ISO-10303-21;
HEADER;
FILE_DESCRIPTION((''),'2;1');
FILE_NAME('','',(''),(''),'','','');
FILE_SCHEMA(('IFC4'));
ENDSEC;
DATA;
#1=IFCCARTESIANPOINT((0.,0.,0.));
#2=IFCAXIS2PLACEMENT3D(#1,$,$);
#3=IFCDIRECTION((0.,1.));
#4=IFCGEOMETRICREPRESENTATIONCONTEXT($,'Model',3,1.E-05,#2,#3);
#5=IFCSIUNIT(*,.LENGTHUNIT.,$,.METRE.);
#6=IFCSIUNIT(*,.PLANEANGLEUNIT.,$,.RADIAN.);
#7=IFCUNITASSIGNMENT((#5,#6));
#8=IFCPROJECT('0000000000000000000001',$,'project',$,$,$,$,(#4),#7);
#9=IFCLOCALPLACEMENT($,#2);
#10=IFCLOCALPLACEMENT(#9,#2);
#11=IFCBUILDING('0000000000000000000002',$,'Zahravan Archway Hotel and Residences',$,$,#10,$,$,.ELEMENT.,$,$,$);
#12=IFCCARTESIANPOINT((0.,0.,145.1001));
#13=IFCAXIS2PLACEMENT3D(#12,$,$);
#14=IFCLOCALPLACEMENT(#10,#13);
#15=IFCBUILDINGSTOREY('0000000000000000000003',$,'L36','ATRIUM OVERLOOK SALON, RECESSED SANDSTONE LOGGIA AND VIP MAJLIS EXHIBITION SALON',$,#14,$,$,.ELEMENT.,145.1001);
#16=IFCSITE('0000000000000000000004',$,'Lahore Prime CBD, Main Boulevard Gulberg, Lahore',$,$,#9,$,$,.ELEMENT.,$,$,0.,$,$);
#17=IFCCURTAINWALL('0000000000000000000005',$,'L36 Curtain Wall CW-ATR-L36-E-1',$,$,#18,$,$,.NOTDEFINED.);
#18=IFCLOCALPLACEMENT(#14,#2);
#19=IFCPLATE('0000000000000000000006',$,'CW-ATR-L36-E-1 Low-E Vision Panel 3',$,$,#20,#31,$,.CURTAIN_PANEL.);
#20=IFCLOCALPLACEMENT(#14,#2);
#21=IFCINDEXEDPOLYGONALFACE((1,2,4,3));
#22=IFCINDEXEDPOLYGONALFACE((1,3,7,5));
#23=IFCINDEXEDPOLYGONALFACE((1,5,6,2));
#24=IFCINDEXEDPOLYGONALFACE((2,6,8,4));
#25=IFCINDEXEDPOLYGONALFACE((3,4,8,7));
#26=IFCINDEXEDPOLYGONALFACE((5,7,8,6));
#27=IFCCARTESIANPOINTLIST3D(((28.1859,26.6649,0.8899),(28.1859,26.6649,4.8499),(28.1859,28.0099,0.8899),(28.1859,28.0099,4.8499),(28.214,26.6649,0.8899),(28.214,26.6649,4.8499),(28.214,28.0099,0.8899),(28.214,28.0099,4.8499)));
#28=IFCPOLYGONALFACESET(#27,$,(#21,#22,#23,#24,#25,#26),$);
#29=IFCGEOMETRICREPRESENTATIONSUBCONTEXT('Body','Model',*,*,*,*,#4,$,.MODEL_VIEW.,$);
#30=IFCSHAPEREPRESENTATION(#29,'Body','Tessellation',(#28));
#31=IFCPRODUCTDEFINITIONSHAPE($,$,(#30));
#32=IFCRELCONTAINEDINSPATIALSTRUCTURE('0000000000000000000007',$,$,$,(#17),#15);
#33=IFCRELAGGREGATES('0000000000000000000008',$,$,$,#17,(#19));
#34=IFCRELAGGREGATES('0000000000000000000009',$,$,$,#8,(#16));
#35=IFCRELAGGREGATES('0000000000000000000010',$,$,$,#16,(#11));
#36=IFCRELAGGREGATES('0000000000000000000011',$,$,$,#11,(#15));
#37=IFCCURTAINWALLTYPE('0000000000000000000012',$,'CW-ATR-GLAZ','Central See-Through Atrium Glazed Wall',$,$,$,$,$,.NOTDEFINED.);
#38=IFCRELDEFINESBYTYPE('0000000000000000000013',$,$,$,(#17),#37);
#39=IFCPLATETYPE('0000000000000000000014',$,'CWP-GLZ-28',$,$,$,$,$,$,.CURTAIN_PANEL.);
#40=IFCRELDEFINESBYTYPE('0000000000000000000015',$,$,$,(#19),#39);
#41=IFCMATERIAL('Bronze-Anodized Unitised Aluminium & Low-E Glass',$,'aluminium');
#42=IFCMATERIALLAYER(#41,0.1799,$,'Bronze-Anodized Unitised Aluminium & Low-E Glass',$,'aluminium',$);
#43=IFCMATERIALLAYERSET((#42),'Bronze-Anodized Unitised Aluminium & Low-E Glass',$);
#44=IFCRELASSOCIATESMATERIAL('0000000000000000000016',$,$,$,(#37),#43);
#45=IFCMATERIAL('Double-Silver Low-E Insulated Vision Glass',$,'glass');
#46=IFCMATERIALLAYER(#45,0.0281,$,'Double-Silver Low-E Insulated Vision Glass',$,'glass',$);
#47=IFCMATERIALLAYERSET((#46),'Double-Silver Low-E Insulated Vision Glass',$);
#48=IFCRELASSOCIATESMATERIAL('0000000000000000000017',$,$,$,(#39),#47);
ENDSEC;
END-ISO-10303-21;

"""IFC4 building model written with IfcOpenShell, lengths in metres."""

from ifc_helpers import new_model, si_unit, direction, frame, origin, origin_2d, place, context, subcontext, project, spatial, rectangle, extrude, source, transform, mapped, material, layer, layer_set, type_object, element, aggregate, save


model = new_model("IFC4")

# Units and contexts
model_context = context("Model", 3, precision=1e-05, world=origin(), true_north=direction((0.0, 1.0)))
body_context = subcontext(model_context, "Body", "Model", "MODEL_VIEW")
ifc_project = project(units=[si_unit("LENGTHUNIT", "METRE"), si_unit("PLANEANGLEUNIT", "RADIAN")], contexts=[model_context])

# Site, building, storey
site_placement = place(None, origin())
site = spatial("IfcSite", under=ifc_project, at=site_placement, Name="Lahore Prime CBD, Main Boulevard Gulberg, Lahore", CompositionType="ELEMENT", RefElevation=0.0)
building_placement = place(site_placement, origin())
building = spatial("IfcBuilding", under=site, at=building_placement, Name="Zahravan Archway Hotel and Residences", CompositionType="ELEMENT")
storey_placement = place(building_placement, frame((0.0, 0.0, 145.1001)))
storey = spatial("IfcBuildingStorey", under=building, at=storey_placement, Name="L36", Description="ATRIUM OVERLOOK SALON, RECESSED SANDSTONE LOGGIA AND VIP MAJLIS EXHIBITION SALON", CompositionType="ELEMENT", Elevation=145.1001)

# Shared definitions
ifc_material_1 = material(Name="Bronze-Anodized Unitised Aluminium & Low-E Glass", Category="aluminium")
ifc_layer_1 = layer(ifc_material_1, 0.1799, Name="Bronze-Anodized Unitised Aluminium & Low-E Glass", Category="aluminium")
ifc_layer_set_1 = layer_set([ifc_layer_1], Name="Bronze-Anodized Unitised Aluminium & Low-E Glass")
curtain_wall_type = type_object("IfcCurtainWallType", Name="CW-ATR-GLAZ", Description="Central See-Through Atrium Glazed Wall", PredefinedType="NOTDEFINED", material=ifc_layer_set_1)

# Curtain wall
curtain_wall_1_placement = place(storey_placement, origin())
curtain_wall_1 = element("IfcCurtainWall", 1, at=curtain_wall_1_placement, inside=storey, type_object=curtain_wall_type, Name="L36 Curtain Wall CW-ATR-L36-E-1", PredefinedType="NOTDEFINED")

# Plate
ifc_material_2 = material(Name="Double-Silver Low-E Insulated Vision Glass", Category="glass")
ifc_layer_2 = layer(ifc_material_2, 0.0281, Name="Double-Silver Low-E Insulated Vision Glass", Category="glass")
ifc_layer_set_2 = layer_set([ifc_layer_2], Name="Double-Silver Low-E Insulated Vision Glass")
plate_type_1 = type_object("IfcPlateType", Name="CWP-GLZ-28", PredefinedType="CURTAIN_PANEL", material=ifc_layer_set_2)
shared_shape_1 = source(origin(), body_context, "Body", "SweptSolid", [
    extrude(rectangle(XDim=1.345, YDim=0.0281, at=origin_2d()), origin(), (0.0, 0.0, 1.0), 3.96),
])
plate_1_placement = place(storey_placement, frame((28.2, 27.3374, 0.8899), z_axis=(0.0, 0.0, 1.0), x_axis=(0.0, 1.0, 0.0)))
plate_1 = element("IfcPlate", 2, at=plate_1_placement, type_object=plate_type_1, Name="CW-ATR-L36-E-1 Low-E Vision Panel 3", PredefinedType="CURTAIN_PANEL", context=body_context, shape_type="MappedRepresentation", body=[
    mapped(shared_shape_1, transform((0.0, 0.0, 0.0), scale=1.0)),
])
aggregate(curtain_wall_1, [plate_1])

save(model, "model.ifc")
